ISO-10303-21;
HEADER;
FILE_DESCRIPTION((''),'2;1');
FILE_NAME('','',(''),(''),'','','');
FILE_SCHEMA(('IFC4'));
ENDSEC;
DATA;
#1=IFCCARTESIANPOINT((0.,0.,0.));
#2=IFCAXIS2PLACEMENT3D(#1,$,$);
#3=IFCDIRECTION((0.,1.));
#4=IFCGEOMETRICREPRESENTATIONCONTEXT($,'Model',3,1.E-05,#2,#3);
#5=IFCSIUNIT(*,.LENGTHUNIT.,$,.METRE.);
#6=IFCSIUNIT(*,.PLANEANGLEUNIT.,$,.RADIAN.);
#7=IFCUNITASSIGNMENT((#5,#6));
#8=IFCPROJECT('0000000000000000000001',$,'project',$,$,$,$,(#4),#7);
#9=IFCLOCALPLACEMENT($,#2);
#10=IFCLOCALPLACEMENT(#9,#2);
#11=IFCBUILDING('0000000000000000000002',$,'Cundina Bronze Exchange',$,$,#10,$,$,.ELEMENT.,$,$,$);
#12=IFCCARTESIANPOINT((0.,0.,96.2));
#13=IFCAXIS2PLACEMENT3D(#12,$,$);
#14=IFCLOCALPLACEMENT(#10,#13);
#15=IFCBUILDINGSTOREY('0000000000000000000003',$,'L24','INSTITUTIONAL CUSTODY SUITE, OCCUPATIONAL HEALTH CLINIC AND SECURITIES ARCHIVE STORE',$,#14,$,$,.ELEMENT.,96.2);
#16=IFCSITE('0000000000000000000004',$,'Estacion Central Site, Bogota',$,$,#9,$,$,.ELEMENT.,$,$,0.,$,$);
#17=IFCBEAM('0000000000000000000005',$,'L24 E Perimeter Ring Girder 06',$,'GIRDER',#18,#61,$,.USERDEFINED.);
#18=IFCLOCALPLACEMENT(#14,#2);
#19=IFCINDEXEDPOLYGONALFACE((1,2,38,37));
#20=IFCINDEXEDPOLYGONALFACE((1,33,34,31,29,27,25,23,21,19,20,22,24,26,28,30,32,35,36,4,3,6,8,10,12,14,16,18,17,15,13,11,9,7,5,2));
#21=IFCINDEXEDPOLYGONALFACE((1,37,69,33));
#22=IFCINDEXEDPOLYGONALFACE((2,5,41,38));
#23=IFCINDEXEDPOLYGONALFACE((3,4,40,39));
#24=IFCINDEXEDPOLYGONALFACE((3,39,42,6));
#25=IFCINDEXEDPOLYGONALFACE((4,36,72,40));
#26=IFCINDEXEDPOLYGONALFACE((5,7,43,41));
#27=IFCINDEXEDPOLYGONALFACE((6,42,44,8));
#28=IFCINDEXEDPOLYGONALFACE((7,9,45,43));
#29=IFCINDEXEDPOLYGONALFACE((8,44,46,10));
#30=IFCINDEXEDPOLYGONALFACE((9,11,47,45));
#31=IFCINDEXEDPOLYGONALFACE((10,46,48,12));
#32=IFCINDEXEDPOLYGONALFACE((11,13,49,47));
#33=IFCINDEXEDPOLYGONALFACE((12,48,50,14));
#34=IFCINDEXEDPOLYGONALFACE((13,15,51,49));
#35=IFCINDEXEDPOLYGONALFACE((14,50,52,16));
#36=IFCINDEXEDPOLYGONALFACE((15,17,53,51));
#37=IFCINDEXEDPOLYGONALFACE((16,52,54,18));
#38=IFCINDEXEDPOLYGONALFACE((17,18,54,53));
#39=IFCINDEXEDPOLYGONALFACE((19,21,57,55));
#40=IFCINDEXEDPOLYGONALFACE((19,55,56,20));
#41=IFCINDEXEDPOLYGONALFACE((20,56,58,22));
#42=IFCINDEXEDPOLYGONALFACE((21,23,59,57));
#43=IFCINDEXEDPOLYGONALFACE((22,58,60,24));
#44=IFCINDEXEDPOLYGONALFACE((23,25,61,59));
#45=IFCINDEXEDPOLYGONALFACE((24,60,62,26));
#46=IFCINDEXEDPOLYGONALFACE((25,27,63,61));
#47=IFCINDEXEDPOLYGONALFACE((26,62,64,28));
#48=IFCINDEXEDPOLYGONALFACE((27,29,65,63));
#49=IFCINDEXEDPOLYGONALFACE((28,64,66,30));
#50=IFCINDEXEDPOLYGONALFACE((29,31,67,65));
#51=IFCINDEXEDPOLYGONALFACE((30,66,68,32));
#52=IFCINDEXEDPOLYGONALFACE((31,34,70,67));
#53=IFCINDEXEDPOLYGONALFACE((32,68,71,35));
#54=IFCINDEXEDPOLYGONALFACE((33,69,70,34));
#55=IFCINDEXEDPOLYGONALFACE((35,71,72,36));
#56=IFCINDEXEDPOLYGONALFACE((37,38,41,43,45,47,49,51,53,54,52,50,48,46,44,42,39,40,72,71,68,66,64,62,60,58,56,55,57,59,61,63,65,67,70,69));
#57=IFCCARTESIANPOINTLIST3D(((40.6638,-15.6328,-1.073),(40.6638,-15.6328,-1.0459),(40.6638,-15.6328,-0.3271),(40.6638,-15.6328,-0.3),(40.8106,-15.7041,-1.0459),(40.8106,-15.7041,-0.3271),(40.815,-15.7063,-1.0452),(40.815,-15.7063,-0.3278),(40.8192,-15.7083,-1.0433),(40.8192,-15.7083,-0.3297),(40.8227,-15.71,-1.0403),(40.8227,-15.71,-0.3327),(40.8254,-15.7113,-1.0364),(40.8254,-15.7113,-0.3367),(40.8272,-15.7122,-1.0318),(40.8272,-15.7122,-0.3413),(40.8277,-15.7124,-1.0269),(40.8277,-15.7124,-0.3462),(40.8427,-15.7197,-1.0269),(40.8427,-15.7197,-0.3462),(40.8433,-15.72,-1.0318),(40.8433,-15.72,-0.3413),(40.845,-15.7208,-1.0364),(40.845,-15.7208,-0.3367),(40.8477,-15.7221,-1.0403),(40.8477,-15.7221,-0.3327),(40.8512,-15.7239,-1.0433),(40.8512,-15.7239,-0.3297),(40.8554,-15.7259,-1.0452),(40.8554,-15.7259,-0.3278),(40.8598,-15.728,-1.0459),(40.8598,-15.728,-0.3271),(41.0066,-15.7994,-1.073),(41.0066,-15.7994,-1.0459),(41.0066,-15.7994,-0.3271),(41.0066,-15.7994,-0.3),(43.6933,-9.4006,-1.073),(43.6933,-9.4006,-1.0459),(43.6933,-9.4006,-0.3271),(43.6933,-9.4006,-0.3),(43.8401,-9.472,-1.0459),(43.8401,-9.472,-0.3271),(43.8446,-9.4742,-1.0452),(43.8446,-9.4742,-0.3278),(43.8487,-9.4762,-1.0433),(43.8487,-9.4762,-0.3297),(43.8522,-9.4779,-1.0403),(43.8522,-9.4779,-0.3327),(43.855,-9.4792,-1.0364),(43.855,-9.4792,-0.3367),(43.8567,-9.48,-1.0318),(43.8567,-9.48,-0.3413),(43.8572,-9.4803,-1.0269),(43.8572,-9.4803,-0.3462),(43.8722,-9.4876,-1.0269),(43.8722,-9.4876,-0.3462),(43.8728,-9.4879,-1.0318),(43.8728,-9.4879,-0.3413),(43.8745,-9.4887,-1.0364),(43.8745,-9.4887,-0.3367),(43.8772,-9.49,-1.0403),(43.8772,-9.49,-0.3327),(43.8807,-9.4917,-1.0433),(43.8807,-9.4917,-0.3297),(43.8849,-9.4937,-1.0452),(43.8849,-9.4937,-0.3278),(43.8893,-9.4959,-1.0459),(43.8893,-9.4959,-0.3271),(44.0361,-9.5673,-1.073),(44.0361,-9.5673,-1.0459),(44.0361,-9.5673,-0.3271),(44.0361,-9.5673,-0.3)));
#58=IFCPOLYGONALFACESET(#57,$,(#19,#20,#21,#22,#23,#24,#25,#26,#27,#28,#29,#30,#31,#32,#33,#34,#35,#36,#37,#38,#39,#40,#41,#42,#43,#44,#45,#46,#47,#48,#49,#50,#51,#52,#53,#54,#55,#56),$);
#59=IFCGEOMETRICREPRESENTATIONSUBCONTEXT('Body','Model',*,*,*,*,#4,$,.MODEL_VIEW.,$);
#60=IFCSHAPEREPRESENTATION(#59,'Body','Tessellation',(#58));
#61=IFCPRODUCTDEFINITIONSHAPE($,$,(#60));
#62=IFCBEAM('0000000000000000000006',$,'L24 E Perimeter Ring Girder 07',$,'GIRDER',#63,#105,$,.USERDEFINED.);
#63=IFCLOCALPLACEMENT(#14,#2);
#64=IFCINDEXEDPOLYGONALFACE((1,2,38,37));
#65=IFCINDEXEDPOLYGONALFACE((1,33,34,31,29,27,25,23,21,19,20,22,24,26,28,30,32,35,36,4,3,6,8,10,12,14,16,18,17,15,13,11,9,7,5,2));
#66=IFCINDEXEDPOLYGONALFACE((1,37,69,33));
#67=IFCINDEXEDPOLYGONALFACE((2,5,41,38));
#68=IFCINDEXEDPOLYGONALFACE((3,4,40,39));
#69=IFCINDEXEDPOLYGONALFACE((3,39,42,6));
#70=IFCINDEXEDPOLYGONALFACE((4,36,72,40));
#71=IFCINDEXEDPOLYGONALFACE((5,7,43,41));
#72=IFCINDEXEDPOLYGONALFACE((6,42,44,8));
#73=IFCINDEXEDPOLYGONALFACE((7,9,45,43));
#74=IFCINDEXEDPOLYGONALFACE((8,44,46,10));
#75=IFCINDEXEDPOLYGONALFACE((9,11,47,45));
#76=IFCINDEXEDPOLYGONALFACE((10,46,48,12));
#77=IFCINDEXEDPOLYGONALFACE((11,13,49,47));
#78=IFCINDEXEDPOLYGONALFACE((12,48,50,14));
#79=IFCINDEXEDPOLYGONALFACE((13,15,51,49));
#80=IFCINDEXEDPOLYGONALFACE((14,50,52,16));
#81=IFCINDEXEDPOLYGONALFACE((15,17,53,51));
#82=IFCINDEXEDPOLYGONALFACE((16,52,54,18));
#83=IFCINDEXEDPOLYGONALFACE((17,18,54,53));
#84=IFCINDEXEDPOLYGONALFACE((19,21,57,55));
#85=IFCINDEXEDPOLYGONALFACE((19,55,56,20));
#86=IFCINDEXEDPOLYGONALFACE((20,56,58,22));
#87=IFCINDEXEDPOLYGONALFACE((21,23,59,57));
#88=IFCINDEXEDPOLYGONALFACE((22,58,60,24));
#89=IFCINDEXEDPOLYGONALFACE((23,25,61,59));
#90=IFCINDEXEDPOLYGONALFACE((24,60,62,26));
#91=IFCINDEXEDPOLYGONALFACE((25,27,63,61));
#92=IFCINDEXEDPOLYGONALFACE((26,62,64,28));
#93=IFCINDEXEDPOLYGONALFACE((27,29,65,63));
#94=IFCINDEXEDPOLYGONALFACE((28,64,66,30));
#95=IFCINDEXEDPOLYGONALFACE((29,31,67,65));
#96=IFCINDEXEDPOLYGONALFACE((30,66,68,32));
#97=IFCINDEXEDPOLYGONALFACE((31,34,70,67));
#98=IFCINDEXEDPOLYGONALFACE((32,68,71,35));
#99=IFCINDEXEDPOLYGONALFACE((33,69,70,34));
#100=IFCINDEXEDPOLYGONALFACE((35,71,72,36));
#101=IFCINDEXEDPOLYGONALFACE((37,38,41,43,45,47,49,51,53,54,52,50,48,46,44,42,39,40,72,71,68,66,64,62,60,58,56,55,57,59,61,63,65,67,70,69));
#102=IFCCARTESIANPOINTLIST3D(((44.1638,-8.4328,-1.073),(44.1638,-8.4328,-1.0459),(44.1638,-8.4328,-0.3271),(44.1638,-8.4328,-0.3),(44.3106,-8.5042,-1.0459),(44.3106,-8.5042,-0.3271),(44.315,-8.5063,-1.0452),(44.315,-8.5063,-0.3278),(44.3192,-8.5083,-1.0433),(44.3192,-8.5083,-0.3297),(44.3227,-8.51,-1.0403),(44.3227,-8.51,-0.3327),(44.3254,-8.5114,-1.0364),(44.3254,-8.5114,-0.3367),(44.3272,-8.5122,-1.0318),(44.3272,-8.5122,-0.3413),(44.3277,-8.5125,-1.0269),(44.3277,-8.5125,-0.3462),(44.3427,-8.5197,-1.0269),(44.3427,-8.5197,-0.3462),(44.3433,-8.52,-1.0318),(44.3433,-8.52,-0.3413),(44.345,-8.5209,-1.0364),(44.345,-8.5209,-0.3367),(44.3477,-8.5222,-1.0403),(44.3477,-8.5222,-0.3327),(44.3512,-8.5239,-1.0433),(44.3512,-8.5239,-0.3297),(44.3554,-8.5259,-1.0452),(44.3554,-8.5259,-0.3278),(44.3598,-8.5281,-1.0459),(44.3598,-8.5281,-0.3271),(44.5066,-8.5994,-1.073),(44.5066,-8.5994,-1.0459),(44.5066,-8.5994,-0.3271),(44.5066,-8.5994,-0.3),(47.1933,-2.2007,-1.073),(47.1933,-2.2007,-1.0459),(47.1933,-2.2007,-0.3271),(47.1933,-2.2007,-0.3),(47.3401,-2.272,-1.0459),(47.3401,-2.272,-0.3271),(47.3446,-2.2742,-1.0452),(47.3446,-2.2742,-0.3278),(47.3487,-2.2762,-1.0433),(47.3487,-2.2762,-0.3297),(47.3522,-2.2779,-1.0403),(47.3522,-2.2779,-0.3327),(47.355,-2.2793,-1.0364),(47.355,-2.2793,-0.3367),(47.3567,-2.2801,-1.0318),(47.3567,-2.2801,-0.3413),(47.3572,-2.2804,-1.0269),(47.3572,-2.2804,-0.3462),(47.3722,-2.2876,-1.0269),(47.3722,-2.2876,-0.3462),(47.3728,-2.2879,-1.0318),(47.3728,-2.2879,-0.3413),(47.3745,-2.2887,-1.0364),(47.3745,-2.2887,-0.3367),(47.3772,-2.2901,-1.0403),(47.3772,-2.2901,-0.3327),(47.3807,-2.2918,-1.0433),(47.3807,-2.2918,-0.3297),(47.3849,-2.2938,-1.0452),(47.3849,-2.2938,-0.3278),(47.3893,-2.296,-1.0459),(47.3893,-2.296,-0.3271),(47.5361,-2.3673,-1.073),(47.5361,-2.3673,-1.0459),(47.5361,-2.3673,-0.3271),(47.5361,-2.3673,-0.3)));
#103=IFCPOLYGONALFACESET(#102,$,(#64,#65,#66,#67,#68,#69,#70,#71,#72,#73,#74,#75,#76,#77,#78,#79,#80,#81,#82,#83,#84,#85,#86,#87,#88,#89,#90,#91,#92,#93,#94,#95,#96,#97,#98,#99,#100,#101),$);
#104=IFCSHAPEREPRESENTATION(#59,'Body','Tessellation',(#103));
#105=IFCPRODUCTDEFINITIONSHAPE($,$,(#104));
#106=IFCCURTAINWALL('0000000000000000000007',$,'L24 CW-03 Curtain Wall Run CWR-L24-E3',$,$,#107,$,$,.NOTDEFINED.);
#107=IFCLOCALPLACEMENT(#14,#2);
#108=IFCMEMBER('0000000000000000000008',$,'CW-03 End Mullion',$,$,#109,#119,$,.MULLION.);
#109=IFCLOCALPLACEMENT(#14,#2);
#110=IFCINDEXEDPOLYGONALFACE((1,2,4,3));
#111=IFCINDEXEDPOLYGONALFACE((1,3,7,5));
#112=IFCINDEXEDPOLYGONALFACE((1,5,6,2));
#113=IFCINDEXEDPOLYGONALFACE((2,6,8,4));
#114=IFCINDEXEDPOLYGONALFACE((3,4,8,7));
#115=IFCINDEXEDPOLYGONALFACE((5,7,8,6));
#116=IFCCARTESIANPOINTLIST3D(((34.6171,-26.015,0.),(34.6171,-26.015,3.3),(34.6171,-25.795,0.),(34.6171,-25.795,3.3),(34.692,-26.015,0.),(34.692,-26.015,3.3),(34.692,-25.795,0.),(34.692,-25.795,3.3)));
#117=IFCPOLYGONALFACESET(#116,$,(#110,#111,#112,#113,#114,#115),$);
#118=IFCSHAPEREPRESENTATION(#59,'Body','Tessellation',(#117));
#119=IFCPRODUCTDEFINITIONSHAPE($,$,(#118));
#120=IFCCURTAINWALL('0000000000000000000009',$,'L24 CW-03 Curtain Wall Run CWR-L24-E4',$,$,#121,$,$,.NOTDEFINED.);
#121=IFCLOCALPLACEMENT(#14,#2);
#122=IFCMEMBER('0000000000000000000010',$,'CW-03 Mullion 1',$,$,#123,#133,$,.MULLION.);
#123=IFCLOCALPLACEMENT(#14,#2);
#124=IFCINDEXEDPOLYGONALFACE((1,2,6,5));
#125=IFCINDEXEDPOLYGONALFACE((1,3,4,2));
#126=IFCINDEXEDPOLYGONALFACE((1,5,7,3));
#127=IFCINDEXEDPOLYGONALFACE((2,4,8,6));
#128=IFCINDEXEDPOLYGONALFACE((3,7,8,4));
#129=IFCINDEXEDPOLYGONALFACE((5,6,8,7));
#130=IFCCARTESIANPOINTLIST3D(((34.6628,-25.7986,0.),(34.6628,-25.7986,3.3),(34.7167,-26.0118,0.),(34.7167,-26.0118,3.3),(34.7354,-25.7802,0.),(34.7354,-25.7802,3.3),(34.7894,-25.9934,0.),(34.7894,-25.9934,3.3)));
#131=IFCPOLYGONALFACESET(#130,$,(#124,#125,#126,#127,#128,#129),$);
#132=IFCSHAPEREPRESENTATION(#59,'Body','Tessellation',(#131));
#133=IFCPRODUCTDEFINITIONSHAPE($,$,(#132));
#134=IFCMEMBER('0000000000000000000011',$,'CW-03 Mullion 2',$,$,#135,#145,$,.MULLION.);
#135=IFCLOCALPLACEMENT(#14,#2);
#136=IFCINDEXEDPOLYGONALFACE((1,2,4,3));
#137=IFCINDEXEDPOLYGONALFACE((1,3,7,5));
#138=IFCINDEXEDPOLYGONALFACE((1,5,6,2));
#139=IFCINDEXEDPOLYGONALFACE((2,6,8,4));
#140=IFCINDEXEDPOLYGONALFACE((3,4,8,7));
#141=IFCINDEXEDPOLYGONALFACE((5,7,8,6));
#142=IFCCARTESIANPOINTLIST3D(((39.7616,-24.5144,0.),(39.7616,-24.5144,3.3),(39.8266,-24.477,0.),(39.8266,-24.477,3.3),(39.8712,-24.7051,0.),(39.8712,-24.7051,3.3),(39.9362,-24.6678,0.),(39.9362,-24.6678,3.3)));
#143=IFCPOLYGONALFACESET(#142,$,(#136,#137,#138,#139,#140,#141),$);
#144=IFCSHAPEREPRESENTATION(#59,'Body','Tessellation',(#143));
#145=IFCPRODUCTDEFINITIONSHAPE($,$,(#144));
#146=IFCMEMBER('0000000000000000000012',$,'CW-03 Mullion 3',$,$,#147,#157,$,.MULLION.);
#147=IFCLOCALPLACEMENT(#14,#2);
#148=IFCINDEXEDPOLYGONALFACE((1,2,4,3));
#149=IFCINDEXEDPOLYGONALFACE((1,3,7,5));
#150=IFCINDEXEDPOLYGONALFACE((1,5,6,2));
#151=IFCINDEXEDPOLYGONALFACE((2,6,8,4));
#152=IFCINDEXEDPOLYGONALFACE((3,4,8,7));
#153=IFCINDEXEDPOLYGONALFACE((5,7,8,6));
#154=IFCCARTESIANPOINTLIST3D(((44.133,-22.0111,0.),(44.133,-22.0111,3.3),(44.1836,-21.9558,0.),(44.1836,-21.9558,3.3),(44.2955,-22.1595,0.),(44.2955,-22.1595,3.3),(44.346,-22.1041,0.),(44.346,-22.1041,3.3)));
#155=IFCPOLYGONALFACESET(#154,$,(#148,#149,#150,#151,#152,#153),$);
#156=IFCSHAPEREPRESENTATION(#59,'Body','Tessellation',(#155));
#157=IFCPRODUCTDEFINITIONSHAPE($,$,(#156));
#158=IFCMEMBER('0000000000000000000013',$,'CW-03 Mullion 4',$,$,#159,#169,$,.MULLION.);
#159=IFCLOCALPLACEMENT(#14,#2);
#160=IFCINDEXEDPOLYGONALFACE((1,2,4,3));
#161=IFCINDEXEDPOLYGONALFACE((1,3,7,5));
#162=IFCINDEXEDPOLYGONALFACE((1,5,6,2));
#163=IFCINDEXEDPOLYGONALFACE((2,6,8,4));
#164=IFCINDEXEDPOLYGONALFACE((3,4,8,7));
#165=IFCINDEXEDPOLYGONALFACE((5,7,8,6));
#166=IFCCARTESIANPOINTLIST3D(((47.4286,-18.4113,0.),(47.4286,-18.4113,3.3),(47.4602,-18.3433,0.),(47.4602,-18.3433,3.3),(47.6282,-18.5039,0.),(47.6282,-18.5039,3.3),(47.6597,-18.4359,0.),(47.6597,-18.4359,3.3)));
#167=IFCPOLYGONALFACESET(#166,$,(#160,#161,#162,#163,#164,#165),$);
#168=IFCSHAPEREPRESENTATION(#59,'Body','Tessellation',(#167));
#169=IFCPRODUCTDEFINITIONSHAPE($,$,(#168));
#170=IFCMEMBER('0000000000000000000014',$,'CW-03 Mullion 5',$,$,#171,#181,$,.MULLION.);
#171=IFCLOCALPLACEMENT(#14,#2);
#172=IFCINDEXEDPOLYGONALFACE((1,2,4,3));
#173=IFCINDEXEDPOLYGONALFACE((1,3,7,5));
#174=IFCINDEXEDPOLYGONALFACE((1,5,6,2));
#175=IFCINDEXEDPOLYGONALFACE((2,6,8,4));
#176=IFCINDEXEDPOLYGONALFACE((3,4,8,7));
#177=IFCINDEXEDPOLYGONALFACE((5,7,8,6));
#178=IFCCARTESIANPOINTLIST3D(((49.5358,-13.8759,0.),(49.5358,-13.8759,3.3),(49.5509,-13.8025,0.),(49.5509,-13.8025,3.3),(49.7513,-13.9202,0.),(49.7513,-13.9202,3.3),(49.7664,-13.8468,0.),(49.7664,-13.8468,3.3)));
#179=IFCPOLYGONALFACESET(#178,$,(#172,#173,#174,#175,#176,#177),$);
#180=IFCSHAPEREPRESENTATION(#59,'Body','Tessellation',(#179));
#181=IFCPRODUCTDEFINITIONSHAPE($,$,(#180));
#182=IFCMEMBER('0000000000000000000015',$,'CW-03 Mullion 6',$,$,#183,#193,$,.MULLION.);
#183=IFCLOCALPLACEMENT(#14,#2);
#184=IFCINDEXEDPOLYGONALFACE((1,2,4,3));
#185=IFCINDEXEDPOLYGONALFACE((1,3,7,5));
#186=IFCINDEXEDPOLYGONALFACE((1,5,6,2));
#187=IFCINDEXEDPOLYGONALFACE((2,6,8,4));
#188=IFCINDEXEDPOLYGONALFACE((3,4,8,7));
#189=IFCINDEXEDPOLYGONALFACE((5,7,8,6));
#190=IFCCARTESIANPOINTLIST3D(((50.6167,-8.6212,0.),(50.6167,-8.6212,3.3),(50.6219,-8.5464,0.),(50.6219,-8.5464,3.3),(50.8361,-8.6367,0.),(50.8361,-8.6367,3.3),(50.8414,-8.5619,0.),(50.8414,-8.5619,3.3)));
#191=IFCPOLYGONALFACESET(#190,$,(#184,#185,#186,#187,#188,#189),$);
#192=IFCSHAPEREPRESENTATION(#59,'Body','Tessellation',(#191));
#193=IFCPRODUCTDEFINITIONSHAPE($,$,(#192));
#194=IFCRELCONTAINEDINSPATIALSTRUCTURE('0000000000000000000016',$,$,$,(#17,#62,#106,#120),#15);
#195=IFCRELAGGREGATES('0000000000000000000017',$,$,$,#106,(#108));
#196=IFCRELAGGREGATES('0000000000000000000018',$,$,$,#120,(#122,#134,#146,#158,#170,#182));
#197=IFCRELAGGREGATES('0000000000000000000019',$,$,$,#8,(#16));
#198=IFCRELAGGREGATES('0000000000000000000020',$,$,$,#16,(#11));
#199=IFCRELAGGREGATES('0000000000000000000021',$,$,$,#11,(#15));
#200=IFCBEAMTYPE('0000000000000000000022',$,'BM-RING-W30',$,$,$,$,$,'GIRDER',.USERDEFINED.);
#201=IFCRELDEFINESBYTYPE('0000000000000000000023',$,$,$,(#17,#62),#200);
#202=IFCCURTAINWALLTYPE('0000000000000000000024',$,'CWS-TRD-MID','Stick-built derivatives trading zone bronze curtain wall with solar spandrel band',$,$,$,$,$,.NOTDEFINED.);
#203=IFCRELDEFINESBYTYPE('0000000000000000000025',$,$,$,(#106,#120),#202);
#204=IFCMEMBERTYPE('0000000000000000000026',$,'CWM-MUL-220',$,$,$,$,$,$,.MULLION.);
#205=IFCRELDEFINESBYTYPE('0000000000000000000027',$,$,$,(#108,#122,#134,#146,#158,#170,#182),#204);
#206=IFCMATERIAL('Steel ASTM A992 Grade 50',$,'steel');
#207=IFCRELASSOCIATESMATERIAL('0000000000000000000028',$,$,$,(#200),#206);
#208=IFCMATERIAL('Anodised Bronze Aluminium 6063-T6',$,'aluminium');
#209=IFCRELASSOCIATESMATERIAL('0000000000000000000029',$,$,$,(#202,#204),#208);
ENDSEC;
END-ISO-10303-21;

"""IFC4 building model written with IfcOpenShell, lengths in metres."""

from ifc_helpers import new_model, si_unit, direction, frame, origin, origin_2d, place, context, subcontext, project, spatial, rectangle, i_section, extrude, material, material_profile, profile_set, type_object, element, aggregate, save


model = new_model("IFC4")

# Units and contexts
model_context = context("Model", 3, precision=1e-05, world=origin(), true_north=direction((0.0, 1.0)))
body_context = subcontext(model_context, "Body", "Model", "MODEL_VIEW")
ifc_project = project(units=[si_unit("LENGTHUNIT", "METRE"), si_unit("PLANEANGLEUNIT", "RADIAN")], contexts=[model_context])

# Site, building, storey
site_placement = place(None, origin())
site = spatial("IfcSite", under=ifc_project, at=site_placement, Name="Estacion Central Site, Bogota", CompositionType="ELEMENT", RefElevation=0.0)
building_placement = place(site_placement, origin())
building = spatial("IfcBuilding", under=site, at=building_placement, Name="Cundina Bronze Exchange", CompositionType="ELEMENT")
storey_placement = place(building_placement, frame((0.0, 0.0, 96.2)))
storey = spatial("IfcBuildingStorey", under=building, at=storey_placement, Name="L24", Description="INSTITUTIONAL CUSTODY SUITE, OCCUPATIONAL HEALTH CLINIC AND SECURITIES ARCHIVE STORE", CompositionType="ELEMENT", Elevation=96.2)

# Beams
ifc_material_1 = material(Name="Steel ASTM A992 Grade 50", Category="steel")
ifc_material_profile_1 = material_profile(ifc_material_1, i_section(OverallWidth=0.3811, OverallDepth=0.7729, WebThickness=0.0166, FlangeThickness=0.0271, FilletRadius=0.019, at=origin_2d()), Name="W30X173", Category="steel")
ifc_profile_set_1 = profile_set([ifc_material_profile_1], Name="Steel ASTM A992 Grade 50")
beam_type_1 = type_object("IfcBeamType", Name="BM-RING-W30", ElementType="GIRDER", PredefinedType="USERDEFINED", material=ifc_profile_set_1)
for number, where, z_axis, x_axis, name in (
    (1, (40.8352, -15.7161, -0.6865), (0.437194, 0.899367, 0.0), (-0.899367, 0.437194, 0.0), "L24 E Perimeter Ring Girder 06"),
    (2, (44.3352, -8.5161, -0.6865), (0.437194, 0.899367, 0.0), (-0.899367, 0.437194, 0.0), "L24 E Perimeter Ring Girder 07"),
):
    element("IfcBeam", number, at=place(storey_placement, frame(where, z_axis=z_axis, x_axis=x_axis)), inside=storey, type_object=beam_type_1, Name=name, ObjectType="GIRDER", PredefinedType="USERDEFINED", context=body_context, shape_type="SweptSolid", body=[
        extrude(i_section(OverallWidth=0.3811, OverallDepth=0.7729, WebThickness=0.0166, FlangeThickness=0.0271, FilletRadius=0.019, at=origin_2d()), origin(), (0.0, 0.0, 1.0), 6.9294),
    ])

# Curtain wall, member
ifc_material_2 = material(Name="Anodised Bronze Aluminium 6063-T6", Category="aluminium")
curtain_wall_type = type_object("IfcCurtainWallType", Name="CWS-TRD-MID", Description="Stick-built derivatives trading zone bronze curtain wall with solar spandrel band", PredefinedType="NOTDEFINED", material=ifc_material_2)
curtain_wall_1_placement = place(storey_placement, origin())
curtain_wall_1 = element("IfcCurtainWall", 3, at=curtain_wall_1_placement, inside=storey, type_object=curtain_wall_type, Name="L24 CW-03 Curtain Wall Run CWR-L24-E3", PredefinedType="NOTDEFINED")
ifc_material_profile_2 = material_profile(ifc_material_2, rectangle(XDim=0.075, YDim=0.22, at=origin_2d()), Name="AL75X220", Category="aluminium")
ifc_profile_set_2 = profile_set([ifc_material_profile_2], Name="Anodised Bronze Aluminium 6063-T6")
member_type_1 = type_object("IfcMemberType", Name="CWM-MUL-220", PredefinedType="MULLION", material=ifc_profile_set_2)
member_1_placement = place(storey_placement, frame((34.6545, -25.905, 0.0), z_axis=(0.0, 0.0, 1.0), x_axis=(1.0, 0.0, 0.0)))
member_1 = element("IfcMember", 4, at=member_1_placement, type_object=member_type_1, Name="CW-03 End Mullion", PredefinedType="MULLION", context=body_context, shape_type="SweptSolid", body=[
    extrude(rectangle(XDim=0.075, YDim=0.22, at=origin_2d()), origin(), (0.0, 0.0, 1.0), 3.3),
])
aggregate(curtain_wall_1, [member_1])

# Curtain wall, members
curtain_wall_2_placement = place(storey_placement, origin())
curtain_wall_2 = element("IfcCurtainWall", 5, at=curtain_wall_2_placement, inside=storey, type_object=curtain_wall_type, Name="L24 CW-03 Curtain Wall Run CWR-L24-E4", PredefinedType="NOTDEFINED")
member_2_placement = place(storey_placement, frame((34.7261, -25.896, 0.0), z_axis=(0.0, 0.0, 1.0), x_axis=(0.969488, 0.245138, 0.0)))
member_2 = element("IfcMember", 6, at=member_2_placement, type_object=member_type_1, Name="CW-03 Mullion 1", PredefinedType="MULLION", context=body_context, shape_type="SweptSolid", body=[
    extrude(rectangle(XDim=0.075, YDim=0.22, at=origin_2d()), origin(), (0.0, 0.0, 1.0), 3.3),
])
member_3_placement = place(storey_placement, frame((39.8489, -24.5911, 0.0), z_axis=(0.0, 0.0, 1.0), x_axis=(0.867071, 0.498185, 0.0)))
member_3 = element("IfcMember", 7, at=member_3_placement, type_object=member_type_1, Name="CW-03 Mullion 2", PredefinedType="MULLION", context=body_context, shape_type="SweptSolid", body=[
    extrude(rectangle(XDim=0.075, YDim=0.22, at=origin_2d()), origin(), (0.0, 0.0, 1.0), 3.3),
])
member_4_placement = place(storey_placement, frame((44.2395, -22.0576, 0.0), z_axis=(0.0, 0.0, 1.0), x_axis=(0.674302, 0.738455, 0.0)))
member_4 = element("IfcMember", 8, at=member_4_placement, type_object=member_type_1, Name="CW-03 Mullion 3", PredefinedType="MULLION", context=body_context, shape_type="SweptSolid", body=[
    extrude(rectangle(XDim=0.075, YDim=0.22, at=origin_2d()), origin(), (0.0, 0.0, 1.0), 3.3),
])
member_5_placement = place(storey_placement, frame((47.5442, -18.4236, 0.0), z_axis=(0.0, 0.0, 1.0), x_axis=(0.420877, 0.907117, 0.0)))
member_5 = element("IfcMember", 9, at=member_5_placement, type_object=member_type_1, Name="CW-03 Mullion 4", PredefinedType="MULLION", context=body_context, shape_type="SweptSolid", body=[
    extrude(rectangle(XDim=0.075, YDim=0.22, at=origin_2d()), origin(), (0.0, 0.0, 1.0), 3.3),
])
member_6_placement = place(storey_placement, frame((49.6511, -13.8613, 0.0), z_axis=(0.0, 0.0, 1.0), x_axis=(0.20142, 0.979505, 0.0)))
member_6 = element("IfcMember", 10, at=member_6_placement, type_object=member_type_1, Name="CW-03 Mullion 5", PredefinedType="MULLION", context=body_context, shape_type="SweptSolid", body=[
    extrude(rectangle(XDim=0.075, YDim=0.22, at=origin_2d()), origin(), (0.0, 0.0, 1.0), 3.3),
])
member_7_placement = place(storey_placement, frame((50.729, -8.5916, 0.0), z_axis=(0.0, 0.0, 1.0), x_axis=(0.070279, 0.997527, 0.0)))
member_7 = element("IfcMember", 11, at=member_7_placement, type_object=member_type_1, Name="CW-03 Mullion 6", PredefinedType="MULLION", context=body_context, shape_type="SweptSolid", body=[
    extrude(rectangle(XDim=0.075, YDim=0.22, at=origin_2d()), origin(), (0.0, 0.0, 1.0), 3.3),
])
aggregate(curtain_wall_2, [member_2, member_3, member_4, member_5, member_6, member_7])

save(model, "model.ifc")
